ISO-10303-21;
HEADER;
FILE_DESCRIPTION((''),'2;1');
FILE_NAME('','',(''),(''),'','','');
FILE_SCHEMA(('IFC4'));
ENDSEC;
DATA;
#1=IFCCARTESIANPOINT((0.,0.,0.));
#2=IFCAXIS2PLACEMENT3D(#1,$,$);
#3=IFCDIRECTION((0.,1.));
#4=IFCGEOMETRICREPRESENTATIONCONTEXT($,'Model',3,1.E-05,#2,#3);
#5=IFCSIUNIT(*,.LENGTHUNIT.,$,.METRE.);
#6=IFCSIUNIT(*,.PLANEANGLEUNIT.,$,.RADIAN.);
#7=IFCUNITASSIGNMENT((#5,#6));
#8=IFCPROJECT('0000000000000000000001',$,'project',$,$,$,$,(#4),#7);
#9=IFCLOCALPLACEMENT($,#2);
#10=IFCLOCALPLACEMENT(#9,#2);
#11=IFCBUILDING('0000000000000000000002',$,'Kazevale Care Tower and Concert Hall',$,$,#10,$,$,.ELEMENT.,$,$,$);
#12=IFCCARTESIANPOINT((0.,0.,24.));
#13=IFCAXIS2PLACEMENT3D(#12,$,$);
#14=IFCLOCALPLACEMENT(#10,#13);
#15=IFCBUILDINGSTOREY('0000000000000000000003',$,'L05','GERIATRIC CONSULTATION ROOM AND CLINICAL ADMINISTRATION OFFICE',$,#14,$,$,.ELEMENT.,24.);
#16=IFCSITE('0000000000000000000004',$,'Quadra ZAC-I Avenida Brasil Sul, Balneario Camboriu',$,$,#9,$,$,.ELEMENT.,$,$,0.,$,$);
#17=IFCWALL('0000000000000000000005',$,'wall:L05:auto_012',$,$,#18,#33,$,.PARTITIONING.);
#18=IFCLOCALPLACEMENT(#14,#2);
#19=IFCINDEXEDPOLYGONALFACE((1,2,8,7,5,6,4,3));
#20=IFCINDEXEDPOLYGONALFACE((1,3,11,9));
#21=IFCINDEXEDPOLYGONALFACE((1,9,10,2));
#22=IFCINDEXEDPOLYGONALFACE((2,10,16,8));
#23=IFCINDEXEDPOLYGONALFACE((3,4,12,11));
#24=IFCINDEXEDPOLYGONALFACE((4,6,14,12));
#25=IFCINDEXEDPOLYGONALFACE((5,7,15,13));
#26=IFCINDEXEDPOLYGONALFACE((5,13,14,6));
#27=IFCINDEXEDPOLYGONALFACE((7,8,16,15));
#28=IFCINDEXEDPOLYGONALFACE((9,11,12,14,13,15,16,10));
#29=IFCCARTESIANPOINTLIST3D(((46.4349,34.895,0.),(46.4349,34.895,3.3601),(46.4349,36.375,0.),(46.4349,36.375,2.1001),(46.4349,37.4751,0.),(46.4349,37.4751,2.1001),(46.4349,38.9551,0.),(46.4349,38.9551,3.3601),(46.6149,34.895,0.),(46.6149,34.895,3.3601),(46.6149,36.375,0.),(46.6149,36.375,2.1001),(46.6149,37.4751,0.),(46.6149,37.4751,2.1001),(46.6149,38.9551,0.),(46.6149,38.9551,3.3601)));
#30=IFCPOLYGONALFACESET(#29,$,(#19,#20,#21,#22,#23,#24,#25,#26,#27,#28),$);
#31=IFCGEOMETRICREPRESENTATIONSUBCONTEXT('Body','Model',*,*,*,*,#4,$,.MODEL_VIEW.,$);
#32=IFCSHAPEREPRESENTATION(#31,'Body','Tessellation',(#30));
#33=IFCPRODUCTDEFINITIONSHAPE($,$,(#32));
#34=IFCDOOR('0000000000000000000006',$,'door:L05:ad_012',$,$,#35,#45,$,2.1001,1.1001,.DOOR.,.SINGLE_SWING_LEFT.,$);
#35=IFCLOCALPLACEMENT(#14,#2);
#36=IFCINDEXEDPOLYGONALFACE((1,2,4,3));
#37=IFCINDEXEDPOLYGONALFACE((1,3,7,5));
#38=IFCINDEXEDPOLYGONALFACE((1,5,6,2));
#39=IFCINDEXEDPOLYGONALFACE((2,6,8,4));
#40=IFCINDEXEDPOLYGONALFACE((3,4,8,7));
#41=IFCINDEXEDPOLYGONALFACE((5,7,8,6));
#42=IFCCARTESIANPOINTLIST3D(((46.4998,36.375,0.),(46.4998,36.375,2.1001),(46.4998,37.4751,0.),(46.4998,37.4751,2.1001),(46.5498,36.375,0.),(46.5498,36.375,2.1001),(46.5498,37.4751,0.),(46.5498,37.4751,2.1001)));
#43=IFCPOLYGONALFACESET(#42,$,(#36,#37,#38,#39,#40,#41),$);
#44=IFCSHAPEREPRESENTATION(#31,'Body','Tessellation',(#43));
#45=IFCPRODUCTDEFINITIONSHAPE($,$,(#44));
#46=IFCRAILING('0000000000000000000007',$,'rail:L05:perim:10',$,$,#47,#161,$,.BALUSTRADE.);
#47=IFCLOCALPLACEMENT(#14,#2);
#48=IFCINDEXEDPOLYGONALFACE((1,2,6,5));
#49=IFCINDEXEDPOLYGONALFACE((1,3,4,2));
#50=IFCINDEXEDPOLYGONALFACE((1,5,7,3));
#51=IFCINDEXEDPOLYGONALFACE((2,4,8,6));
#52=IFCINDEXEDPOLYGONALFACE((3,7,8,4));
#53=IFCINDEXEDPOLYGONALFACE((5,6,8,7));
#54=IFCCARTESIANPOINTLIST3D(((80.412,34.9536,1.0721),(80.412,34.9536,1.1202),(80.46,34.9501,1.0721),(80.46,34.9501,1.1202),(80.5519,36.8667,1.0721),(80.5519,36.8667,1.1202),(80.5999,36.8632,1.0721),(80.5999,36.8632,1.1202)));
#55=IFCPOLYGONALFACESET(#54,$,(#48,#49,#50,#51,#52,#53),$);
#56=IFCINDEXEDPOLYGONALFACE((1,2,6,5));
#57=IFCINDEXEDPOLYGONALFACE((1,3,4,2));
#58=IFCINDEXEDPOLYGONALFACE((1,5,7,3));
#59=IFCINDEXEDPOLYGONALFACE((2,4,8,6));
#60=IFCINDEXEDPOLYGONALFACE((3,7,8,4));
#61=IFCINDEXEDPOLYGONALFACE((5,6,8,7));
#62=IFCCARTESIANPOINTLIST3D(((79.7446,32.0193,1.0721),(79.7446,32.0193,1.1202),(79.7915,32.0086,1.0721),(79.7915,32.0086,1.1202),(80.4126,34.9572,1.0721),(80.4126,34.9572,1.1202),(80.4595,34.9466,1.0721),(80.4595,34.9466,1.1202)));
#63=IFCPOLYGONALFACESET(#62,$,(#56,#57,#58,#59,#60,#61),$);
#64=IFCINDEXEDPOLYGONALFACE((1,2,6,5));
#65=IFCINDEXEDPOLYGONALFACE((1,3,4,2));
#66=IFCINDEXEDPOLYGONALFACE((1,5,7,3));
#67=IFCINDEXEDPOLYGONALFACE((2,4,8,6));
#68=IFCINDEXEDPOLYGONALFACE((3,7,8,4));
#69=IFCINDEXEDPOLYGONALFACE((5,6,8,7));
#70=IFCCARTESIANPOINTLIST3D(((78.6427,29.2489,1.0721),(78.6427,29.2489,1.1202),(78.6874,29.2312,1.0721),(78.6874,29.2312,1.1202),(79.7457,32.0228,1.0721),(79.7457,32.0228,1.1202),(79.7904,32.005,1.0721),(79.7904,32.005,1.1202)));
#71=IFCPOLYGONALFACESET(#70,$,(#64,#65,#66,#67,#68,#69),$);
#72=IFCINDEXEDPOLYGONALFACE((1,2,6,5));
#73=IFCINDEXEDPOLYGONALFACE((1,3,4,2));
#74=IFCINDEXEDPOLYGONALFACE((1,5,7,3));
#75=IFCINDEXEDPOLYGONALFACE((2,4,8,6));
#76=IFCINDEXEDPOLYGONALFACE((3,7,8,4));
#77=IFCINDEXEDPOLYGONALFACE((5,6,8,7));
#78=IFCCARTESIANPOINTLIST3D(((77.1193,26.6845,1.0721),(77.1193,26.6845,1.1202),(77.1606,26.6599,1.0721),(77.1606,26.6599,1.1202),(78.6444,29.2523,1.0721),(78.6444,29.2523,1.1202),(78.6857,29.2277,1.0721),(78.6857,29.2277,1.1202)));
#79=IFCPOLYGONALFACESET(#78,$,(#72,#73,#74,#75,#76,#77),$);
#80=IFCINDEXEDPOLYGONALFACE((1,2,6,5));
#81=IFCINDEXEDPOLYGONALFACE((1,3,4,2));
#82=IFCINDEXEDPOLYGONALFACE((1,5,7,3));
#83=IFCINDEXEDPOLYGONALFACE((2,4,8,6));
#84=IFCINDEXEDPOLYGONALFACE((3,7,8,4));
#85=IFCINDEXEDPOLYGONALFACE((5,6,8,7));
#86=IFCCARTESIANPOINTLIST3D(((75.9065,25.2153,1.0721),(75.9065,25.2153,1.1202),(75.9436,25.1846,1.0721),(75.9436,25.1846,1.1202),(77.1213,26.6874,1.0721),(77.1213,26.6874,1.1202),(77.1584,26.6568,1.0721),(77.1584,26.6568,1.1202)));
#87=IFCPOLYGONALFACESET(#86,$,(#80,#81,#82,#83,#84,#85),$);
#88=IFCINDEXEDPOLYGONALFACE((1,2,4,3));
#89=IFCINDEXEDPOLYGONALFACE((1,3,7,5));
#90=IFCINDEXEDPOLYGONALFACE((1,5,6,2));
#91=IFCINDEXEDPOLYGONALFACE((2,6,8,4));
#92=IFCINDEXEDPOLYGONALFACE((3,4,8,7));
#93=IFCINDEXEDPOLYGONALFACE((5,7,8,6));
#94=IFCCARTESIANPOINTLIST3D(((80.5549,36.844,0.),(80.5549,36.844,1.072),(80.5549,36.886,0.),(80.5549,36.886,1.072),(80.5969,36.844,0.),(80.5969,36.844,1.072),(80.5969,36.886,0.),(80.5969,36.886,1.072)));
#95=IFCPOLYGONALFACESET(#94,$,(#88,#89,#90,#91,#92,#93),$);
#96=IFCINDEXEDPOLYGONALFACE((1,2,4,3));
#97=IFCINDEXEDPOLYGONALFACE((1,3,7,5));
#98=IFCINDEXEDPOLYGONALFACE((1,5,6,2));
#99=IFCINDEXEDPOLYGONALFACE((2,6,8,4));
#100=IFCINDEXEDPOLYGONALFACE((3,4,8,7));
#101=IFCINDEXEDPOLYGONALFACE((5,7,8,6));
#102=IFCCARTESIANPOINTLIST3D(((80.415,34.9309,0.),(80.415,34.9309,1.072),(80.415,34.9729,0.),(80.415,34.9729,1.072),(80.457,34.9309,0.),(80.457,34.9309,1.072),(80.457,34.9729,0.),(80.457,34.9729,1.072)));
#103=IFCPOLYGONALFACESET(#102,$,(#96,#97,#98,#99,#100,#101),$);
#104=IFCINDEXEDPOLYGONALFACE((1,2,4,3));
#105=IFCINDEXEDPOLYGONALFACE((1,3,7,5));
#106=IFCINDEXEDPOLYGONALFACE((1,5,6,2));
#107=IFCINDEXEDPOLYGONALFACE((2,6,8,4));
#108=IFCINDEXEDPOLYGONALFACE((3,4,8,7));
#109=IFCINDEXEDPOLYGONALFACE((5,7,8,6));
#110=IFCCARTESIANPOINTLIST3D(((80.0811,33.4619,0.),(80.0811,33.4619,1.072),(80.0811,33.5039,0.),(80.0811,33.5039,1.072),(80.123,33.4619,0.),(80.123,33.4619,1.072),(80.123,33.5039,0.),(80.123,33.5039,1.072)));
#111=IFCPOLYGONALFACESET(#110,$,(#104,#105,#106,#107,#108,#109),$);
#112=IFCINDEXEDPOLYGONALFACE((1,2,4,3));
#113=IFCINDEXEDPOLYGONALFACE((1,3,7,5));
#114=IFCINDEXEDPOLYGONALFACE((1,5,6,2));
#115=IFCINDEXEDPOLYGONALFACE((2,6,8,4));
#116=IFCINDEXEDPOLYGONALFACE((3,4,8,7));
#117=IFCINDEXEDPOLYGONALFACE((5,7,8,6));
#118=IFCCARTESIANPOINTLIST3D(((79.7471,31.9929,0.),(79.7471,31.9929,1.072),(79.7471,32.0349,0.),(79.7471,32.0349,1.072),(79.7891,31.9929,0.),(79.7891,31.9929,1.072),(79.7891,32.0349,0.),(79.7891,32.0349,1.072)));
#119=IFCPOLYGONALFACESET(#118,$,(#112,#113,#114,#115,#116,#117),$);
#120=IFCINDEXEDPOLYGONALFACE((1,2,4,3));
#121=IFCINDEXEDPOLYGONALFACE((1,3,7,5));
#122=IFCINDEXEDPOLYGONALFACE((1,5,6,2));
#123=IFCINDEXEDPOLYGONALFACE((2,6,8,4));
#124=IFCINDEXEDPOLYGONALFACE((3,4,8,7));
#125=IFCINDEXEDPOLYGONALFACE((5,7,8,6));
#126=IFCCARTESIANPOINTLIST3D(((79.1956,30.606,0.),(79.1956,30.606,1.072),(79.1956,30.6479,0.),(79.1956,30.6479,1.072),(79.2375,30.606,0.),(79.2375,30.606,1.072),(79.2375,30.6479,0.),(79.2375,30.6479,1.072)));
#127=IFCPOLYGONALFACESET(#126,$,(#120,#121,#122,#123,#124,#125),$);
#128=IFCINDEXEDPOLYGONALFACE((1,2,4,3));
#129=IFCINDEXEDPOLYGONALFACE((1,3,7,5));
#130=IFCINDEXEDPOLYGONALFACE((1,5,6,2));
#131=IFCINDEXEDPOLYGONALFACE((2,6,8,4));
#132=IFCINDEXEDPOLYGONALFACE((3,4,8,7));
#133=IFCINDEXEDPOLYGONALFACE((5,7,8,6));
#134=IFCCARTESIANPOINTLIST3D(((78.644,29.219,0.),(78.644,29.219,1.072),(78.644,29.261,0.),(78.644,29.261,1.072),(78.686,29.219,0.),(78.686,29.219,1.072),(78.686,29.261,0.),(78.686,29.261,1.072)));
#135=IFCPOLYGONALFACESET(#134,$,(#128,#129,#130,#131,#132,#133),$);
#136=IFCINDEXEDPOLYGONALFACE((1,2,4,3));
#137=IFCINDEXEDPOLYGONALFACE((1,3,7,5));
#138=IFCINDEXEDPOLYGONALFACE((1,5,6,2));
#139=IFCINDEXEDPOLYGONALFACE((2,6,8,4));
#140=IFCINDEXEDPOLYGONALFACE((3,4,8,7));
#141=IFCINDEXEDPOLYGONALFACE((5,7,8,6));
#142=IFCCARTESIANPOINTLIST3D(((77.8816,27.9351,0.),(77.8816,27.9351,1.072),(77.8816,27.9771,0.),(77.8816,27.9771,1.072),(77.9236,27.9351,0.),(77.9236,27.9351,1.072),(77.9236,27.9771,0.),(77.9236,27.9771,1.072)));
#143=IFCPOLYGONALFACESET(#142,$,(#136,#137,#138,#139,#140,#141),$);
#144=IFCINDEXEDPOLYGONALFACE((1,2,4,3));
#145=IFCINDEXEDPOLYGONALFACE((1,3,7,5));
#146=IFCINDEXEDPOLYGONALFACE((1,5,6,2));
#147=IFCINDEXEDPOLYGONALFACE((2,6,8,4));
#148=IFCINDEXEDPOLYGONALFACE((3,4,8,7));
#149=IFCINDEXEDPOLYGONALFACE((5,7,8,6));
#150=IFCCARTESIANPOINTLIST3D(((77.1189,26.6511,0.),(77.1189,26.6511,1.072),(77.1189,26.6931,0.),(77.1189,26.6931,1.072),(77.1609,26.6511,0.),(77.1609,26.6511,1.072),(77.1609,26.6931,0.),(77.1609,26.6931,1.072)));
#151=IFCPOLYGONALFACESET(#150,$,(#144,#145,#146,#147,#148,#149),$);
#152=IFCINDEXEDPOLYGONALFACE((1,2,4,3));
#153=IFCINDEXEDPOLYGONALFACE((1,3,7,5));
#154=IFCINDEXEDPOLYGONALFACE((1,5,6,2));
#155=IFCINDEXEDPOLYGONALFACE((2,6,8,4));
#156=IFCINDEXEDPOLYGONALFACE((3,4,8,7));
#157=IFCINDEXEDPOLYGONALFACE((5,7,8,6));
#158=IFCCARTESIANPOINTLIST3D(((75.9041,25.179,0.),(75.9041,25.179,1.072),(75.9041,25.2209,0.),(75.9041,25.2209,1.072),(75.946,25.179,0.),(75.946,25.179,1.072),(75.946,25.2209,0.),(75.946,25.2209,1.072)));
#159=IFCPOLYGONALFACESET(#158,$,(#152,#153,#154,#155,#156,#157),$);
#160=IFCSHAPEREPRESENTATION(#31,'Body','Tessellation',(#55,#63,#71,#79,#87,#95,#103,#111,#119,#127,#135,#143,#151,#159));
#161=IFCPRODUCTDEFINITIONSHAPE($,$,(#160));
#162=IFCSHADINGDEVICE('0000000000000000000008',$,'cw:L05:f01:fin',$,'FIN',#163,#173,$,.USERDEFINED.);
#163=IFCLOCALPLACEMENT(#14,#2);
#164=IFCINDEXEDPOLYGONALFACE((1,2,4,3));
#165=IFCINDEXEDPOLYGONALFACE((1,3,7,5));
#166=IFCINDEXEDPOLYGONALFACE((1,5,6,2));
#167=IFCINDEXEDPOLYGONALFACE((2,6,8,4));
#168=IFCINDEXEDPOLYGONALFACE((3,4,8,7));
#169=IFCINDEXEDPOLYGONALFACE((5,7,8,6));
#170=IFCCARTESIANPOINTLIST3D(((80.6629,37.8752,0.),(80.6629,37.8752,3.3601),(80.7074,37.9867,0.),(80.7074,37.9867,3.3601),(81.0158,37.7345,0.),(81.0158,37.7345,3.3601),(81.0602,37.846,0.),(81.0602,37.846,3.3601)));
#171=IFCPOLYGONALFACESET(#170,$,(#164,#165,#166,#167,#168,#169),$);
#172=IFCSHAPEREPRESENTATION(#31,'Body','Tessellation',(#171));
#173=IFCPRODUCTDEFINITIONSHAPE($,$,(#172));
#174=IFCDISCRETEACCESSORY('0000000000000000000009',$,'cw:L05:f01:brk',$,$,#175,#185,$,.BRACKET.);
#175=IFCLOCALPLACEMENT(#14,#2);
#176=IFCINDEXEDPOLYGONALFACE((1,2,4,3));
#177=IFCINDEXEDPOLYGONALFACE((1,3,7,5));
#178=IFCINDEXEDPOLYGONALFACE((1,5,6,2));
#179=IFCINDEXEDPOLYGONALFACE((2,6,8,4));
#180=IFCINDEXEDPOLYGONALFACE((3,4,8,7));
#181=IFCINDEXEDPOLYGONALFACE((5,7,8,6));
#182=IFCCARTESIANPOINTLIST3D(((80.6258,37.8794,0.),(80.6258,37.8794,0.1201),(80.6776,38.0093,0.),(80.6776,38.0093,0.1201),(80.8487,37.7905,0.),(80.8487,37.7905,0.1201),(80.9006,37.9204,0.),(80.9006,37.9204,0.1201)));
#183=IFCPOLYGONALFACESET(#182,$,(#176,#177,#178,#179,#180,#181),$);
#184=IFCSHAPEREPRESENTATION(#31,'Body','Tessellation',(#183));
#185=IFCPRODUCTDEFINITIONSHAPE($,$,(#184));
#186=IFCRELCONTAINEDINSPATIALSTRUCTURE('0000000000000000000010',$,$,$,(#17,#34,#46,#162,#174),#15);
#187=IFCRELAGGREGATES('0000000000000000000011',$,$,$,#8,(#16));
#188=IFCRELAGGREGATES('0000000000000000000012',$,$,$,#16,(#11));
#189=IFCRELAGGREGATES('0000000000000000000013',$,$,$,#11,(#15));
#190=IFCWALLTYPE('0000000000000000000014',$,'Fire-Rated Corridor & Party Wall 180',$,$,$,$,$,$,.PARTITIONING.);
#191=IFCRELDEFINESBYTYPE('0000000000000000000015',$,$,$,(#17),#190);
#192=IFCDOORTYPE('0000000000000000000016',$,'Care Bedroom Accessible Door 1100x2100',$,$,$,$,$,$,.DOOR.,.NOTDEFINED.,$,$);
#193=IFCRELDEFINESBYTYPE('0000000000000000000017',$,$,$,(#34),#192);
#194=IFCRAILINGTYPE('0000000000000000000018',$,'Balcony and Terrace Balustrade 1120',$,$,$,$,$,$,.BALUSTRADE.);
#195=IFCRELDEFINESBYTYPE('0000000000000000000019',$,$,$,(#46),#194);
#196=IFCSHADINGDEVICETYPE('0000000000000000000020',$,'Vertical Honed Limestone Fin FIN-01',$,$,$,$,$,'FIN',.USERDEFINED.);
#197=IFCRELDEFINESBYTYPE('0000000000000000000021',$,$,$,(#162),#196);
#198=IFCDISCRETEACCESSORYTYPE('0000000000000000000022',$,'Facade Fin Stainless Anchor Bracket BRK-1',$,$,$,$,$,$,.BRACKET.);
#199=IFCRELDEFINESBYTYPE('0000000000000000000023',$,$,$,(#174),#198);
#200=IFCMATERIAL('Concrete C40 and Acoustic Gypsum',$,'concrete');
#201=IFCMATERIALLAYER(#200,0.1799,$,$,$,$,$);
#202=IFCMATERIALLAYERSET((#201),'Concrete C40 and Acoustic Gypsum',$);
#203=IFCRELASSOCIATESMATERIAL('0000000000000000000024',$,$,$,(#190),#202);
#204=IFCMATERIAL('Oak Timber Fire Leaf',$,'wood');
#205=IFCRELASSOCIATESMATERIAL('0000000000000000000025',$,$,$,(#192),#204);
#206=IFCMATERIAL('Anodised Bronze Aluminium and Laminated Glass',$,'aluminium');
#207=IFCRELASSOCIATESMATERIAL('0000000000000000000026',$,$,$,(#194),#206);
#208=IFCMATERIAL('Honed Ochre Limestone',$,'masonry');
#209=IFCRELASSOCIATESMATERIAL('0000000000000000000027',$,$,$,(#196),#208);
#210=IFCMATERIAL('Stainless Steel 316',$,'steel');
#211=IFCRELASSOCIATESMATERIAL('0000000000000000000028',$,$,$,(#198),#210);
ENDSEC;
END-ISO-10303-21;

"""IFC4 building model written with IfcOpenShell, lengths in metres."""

from ifc_helpers import new_model, si_unit, direction, frame, frame_2d, origin, origin_2d, place, context, subcontext, project, spatial, rectangle, extrude, material, layer, layer_set, type_object, element, fill, save


model = new_model("IFC4")

# Units and contexts
model_context = context("Model", 3, precision=1e-05, world=origin(), true_north=direction((0.0, 1.0)))
body_context = subcontext(model_context, "Body", "Model", "MODEL_VIEW")
ifc_project = project(units=[si_unit("LENGTHUNIT", "METRE"), si_unit("PLANEANGLEUNIT", "RADIAN")], contexts=[model_context])

# Site, building, storey
site_placement = place(None, origin())
site = spatial("IfcSite", under=ifc_project, at=site_placement, Name="Quadra ZAC-I Avenida Brasil Sul, Balneario Camboriu", CompositionType="ELEMENT", RefElevation=0.0)
building_placement = place(site_placement, origin())
building = spatial("IfcBuilding", under=site, at=building_placement, Name="Kazevale Care Tower and Concert Hall", CompositionType="ELEMENT")
storey_placement = place(building_placement, frame((0.0, 0.0, 24.0)))
storey = spatial("IfcBuildingStorey", under=building, at=storey_placement, Name="L05", Description="GERIATRIC CONSULTATION ROOM AND CLINICAL ADMINISTRATION OFFICE", CompositionType="ELEMENT", Elevation=24.0)

# Wall, opening, door
ifc_material_1 = material(Name="Concrete C40 and Acoustic Gypsum", Category="concrete")
ifc_layer_1 = layer(ifc_material_1, 0.1799)
ifc_layer_set_1 = layer_set([ifc_layer_1], Name="Concrete C40 and Acoustic Gypsum")
wall_type_1 = type_object("IfcWallType", Name="Fire-Rated Corridor & Party Wall 180", PredefinedType="PARTITIONING", material=ifc_layer_set_1)
ifc_material_2 = material(Name="Oak Timber Fire Leaf", Category="wood")
door_type = type_object("IfcDoorType", Name="Care Bedroom Accessible Door 1100x2100", OperationType="NOTDEFINED", PredefinedType="DOOR", material=ifc_material_2)
wall_1_placement = place(storey_placement, frame((46.5249, 38.9551, 0.0), z_axis=(0.0, 0.0, 1.0), x_axis=(0.0, -1.0, 0.0)))
wall_1 = element("IfcWall", 1, at=wall_1_placement, inside=storey, type_object=wall_type_1, Name="wall:L05:auto_012", PredefinedType="PARTITIONING", context=body_context, shape_type="SweptSolid", body=[
    extrude(rectangle(XDim=4.0601, YDim=0.1799, at=frame_2d((2.03, 0.0))), origin(), (0.0, 0.0, 1.0), 3.3601),
])
opening_1_placement = place(wall_1_placement, frame((1.48, 0.0, 0.0)))
opening_1 = element("IfcOpeningElement", 2, at=opening_1_placement, cuts=wall_1, PredefinedType="OPENING", context=body_context, shape_type="SweptSolid", body=[
    extrude(rectangle(XDim=1.1001, YDim=2.1001, at=frame_2d((0.55, 1.05))), frame((0.0, 0.0999, 0.0), z_axis=(0.0, -1.0, 0.0), x_axis=(1.0, 0.0, 0.0)), (0.0, 0.0, 1.0), 0.2),
])
door_1_placement = place(opening_1_placement, origin())
door_1 = element("IfcDoor", 3, at=door_1_placement, inside=storey, type_object=door_type, Name="door:L05:ad_012", OperationType="SINGLE_SWING_LEFT", OverallHeight=2.1001, OverallWidth=1.1001, PredefinedType="DOOR", context=body_context, shape_type="SweptSolid", body=[
    extrude(rectangle(XDim=1.1001, YDim=2.1001, at=frame_2d((0.55, 1.05))), frame((0.0, 0.0249, 0.0), z_axis=(0.0, -1.0, 0.0), x_axis=(1.0, 0.0, 0.0)), (0.0, 0.0, 1.0), 0.05),
])
fill(opening_1, door_1)

# Railing
ifc_material_3 = material(Name="Anodised Bronze Aluminium and Laminated Glass", Category="aluminium")
railing_type = type_object("IfcRailingType", Name="Balcony and Terrace Balustrade 1120", PredefinedType="BALUSTRADE", material=ifc_material_3)
railing_placement = place(storey_placement, frame((80.5759, 36.865, 0.0)))
element("IfcRailing", 4, at=railing_placement, inside=storey, type_object=railing_type, Name="rail:L05:perim:10", PredefinedType="BALUSTRADE", context=body_context, shape_type="SweptSolid", body=[
    extrude(rectangle(XDim=0.0481, YDim=0.0481, at=origin_2d()), frame((0.0, 0.0, 1.0962), z_axis=(-0.072929, -0.997337, 0.0), x_axis=(0.997337, -0.072929, 0.0)), (0.0, 0.0, 1.0), 1.9182),
    extrude(rectangle(XDim=0.0481, YDim=0.0481, at=origin_2d()), frame((-0.1399, -1.9131, 1.0962), z_axis=(-0.221698, -0.975115, 0.0), x_axis=(0.975115, -0.221698, 0.0)), (0.0, 0.0, 1.0), 3.0129),
    extrude(rectangle(XDim=0.0481, YDim=0.0481, at=origin_2d()), frame((-0.8079, -4.8511, 1.0962), z_axis=(-0.3695, -0.929231, 0.0), x_axis=(0.929231, -0.3695, 0.0)), (0.0, 0.0, 1.0), 2.9851),
    extrude(rectangle(XDim=0.0481, YDim=0.0481, at=origin_2d()), frame((-1.9109, -7.625, 1.0962), z_axis=(-0.510656, -0.859785, 0.0), x_axis=(0.859785, -0.510656, 0.0)), (0.0, 0.0, 1.0), 2.9866),
    extrude(rectangle(XDim=0.0481, YDim=0.0481, at=origin_2d()), frame((-3.436, -10.1929, 1.0962), z_axis=(-0.636478, -0.771295, 0.0), x_axis=(0.771295, -0.636478, 0.0)), (0.0, 0.0, 1.0), 1.9087),
    extrude(rectangle(XDim=0.042, YDim=0.042, at=origin_2d()), origin(), (0.0, 0.0, 1.0), 1.072),
    extrude(rectangle(XDim=0.042, YDim=0.042, at=origin_2d()), frame((-0.1399, -1.9131, 0.0)), (0.0, 0.0, 1.0), 1.072),
    extrude(rectangle(XDim=0.042, YDim=0.042, at=origin_2d()), frame((-0.4739, -3.3821, 0.0)), (0.0, 0.0, 1.0), 1.072),
    extrude(rectangle(XDim=0.042, YDim=0.042, at=origin_2d()), frame((-0.8079, -4.8511, 0.0)), (0.0, 0.0, 1.0), 1.072),
    extrude(rectangle(XDim=0.042, YDim=0.042, at=origin_2d()), frame((-1.3594, -6.238, 0.0)), (0.0, 0.0, 1.0), 1.072),
    extrude(rectangle(XDim=0.042, YDim=0.042, at=origin_2d()), frame((-1.9109, -7.625, 0.0)), (0.0, 0.0, 1.0), 1.072),
    extrude(rectangle(XDim=0.042, YDim=0.042, at=origin_2d()), frame((-2.6733, -8.9089, 0.0)), (0.0, 0.0, 1.0), 1.072),
    extrude(rectangle(XDim=0.042, YDim=0.042, at=origin_2d()), frame((-3.436, -10.1929, 0.0)), (0.0, 0.0, 1.0), 1.072),
    extrude(rectangle(XDim=0.042, YDim=0.042, at=origin_2d()), frame((-4.6509, -11.665, 0.0)), (0.0, 0.0, 1.0), 1.072),
])

# Shading device
ifc_material_4 = material(Name="Honed Ochre Limestone", Category="masonry")
shading_device_type = type_object("IfcShadingDeviceType", Name="Vertical Honed Limestone Fin FIN-01", ElementType="FIN", PredefinedType="USERDEFINED", material=ifc_material_4)
shading_device_placement = place(storey_placement, frame((80.8616, 37.8606, 0.0), z_axis=(0.0, 0.0, 1.0), x_axis=(0.928874, -0.370395, 0.0)))
element("IfcShadingDevice", 5, at=shading_device_placement, inside=storey, type_object=shading_device_type, Name="cw:L05:f01:fin", ObjectType="FIN", PredefinedType="USERDEFINED", context=body_context, shape_type="SweptSolid", body=[
    extrude(rectangle(XDim=0.3799, YDim=0.1201, at=origin_2d()), origin(), (0.0, 0.0, 1.0), 3.3601),
])

# Discrete accessory
ifc_material_5 = material(Name="Stainless Steel 316", Category="steel")
discrete_accessory_type = type_object("IfcDiscreteAccessoryType", Name="Facade Fin Stainless Anchor Bracket BRK-1", PredefinedType="BRACKET", material=ifc_material_5)
discrete_accessory_placement = place(storey_placement, frame((80.7632, 37.8999, 0.0), z_axis=(0.0, 0.0, 1.0), x_axis=(0.928874, -0.370395, 0.0)))
element("IfcDiscreteAccessory", 6, at=discrete_accessory_placement, inside=storey, type_object=discrete_accessory_type, Name="cw:L05:f01:brk", PredefinedType="BRACKET", context=body_context, shape_type="SweptSolid", body=[
    extrude(rectangle(XDim=0.24, YDim=0.1399, at=origin_2d()), origin(), (0.0, 0.0, 1.0), 0.1201),
])

save(model, "model.ifc")
